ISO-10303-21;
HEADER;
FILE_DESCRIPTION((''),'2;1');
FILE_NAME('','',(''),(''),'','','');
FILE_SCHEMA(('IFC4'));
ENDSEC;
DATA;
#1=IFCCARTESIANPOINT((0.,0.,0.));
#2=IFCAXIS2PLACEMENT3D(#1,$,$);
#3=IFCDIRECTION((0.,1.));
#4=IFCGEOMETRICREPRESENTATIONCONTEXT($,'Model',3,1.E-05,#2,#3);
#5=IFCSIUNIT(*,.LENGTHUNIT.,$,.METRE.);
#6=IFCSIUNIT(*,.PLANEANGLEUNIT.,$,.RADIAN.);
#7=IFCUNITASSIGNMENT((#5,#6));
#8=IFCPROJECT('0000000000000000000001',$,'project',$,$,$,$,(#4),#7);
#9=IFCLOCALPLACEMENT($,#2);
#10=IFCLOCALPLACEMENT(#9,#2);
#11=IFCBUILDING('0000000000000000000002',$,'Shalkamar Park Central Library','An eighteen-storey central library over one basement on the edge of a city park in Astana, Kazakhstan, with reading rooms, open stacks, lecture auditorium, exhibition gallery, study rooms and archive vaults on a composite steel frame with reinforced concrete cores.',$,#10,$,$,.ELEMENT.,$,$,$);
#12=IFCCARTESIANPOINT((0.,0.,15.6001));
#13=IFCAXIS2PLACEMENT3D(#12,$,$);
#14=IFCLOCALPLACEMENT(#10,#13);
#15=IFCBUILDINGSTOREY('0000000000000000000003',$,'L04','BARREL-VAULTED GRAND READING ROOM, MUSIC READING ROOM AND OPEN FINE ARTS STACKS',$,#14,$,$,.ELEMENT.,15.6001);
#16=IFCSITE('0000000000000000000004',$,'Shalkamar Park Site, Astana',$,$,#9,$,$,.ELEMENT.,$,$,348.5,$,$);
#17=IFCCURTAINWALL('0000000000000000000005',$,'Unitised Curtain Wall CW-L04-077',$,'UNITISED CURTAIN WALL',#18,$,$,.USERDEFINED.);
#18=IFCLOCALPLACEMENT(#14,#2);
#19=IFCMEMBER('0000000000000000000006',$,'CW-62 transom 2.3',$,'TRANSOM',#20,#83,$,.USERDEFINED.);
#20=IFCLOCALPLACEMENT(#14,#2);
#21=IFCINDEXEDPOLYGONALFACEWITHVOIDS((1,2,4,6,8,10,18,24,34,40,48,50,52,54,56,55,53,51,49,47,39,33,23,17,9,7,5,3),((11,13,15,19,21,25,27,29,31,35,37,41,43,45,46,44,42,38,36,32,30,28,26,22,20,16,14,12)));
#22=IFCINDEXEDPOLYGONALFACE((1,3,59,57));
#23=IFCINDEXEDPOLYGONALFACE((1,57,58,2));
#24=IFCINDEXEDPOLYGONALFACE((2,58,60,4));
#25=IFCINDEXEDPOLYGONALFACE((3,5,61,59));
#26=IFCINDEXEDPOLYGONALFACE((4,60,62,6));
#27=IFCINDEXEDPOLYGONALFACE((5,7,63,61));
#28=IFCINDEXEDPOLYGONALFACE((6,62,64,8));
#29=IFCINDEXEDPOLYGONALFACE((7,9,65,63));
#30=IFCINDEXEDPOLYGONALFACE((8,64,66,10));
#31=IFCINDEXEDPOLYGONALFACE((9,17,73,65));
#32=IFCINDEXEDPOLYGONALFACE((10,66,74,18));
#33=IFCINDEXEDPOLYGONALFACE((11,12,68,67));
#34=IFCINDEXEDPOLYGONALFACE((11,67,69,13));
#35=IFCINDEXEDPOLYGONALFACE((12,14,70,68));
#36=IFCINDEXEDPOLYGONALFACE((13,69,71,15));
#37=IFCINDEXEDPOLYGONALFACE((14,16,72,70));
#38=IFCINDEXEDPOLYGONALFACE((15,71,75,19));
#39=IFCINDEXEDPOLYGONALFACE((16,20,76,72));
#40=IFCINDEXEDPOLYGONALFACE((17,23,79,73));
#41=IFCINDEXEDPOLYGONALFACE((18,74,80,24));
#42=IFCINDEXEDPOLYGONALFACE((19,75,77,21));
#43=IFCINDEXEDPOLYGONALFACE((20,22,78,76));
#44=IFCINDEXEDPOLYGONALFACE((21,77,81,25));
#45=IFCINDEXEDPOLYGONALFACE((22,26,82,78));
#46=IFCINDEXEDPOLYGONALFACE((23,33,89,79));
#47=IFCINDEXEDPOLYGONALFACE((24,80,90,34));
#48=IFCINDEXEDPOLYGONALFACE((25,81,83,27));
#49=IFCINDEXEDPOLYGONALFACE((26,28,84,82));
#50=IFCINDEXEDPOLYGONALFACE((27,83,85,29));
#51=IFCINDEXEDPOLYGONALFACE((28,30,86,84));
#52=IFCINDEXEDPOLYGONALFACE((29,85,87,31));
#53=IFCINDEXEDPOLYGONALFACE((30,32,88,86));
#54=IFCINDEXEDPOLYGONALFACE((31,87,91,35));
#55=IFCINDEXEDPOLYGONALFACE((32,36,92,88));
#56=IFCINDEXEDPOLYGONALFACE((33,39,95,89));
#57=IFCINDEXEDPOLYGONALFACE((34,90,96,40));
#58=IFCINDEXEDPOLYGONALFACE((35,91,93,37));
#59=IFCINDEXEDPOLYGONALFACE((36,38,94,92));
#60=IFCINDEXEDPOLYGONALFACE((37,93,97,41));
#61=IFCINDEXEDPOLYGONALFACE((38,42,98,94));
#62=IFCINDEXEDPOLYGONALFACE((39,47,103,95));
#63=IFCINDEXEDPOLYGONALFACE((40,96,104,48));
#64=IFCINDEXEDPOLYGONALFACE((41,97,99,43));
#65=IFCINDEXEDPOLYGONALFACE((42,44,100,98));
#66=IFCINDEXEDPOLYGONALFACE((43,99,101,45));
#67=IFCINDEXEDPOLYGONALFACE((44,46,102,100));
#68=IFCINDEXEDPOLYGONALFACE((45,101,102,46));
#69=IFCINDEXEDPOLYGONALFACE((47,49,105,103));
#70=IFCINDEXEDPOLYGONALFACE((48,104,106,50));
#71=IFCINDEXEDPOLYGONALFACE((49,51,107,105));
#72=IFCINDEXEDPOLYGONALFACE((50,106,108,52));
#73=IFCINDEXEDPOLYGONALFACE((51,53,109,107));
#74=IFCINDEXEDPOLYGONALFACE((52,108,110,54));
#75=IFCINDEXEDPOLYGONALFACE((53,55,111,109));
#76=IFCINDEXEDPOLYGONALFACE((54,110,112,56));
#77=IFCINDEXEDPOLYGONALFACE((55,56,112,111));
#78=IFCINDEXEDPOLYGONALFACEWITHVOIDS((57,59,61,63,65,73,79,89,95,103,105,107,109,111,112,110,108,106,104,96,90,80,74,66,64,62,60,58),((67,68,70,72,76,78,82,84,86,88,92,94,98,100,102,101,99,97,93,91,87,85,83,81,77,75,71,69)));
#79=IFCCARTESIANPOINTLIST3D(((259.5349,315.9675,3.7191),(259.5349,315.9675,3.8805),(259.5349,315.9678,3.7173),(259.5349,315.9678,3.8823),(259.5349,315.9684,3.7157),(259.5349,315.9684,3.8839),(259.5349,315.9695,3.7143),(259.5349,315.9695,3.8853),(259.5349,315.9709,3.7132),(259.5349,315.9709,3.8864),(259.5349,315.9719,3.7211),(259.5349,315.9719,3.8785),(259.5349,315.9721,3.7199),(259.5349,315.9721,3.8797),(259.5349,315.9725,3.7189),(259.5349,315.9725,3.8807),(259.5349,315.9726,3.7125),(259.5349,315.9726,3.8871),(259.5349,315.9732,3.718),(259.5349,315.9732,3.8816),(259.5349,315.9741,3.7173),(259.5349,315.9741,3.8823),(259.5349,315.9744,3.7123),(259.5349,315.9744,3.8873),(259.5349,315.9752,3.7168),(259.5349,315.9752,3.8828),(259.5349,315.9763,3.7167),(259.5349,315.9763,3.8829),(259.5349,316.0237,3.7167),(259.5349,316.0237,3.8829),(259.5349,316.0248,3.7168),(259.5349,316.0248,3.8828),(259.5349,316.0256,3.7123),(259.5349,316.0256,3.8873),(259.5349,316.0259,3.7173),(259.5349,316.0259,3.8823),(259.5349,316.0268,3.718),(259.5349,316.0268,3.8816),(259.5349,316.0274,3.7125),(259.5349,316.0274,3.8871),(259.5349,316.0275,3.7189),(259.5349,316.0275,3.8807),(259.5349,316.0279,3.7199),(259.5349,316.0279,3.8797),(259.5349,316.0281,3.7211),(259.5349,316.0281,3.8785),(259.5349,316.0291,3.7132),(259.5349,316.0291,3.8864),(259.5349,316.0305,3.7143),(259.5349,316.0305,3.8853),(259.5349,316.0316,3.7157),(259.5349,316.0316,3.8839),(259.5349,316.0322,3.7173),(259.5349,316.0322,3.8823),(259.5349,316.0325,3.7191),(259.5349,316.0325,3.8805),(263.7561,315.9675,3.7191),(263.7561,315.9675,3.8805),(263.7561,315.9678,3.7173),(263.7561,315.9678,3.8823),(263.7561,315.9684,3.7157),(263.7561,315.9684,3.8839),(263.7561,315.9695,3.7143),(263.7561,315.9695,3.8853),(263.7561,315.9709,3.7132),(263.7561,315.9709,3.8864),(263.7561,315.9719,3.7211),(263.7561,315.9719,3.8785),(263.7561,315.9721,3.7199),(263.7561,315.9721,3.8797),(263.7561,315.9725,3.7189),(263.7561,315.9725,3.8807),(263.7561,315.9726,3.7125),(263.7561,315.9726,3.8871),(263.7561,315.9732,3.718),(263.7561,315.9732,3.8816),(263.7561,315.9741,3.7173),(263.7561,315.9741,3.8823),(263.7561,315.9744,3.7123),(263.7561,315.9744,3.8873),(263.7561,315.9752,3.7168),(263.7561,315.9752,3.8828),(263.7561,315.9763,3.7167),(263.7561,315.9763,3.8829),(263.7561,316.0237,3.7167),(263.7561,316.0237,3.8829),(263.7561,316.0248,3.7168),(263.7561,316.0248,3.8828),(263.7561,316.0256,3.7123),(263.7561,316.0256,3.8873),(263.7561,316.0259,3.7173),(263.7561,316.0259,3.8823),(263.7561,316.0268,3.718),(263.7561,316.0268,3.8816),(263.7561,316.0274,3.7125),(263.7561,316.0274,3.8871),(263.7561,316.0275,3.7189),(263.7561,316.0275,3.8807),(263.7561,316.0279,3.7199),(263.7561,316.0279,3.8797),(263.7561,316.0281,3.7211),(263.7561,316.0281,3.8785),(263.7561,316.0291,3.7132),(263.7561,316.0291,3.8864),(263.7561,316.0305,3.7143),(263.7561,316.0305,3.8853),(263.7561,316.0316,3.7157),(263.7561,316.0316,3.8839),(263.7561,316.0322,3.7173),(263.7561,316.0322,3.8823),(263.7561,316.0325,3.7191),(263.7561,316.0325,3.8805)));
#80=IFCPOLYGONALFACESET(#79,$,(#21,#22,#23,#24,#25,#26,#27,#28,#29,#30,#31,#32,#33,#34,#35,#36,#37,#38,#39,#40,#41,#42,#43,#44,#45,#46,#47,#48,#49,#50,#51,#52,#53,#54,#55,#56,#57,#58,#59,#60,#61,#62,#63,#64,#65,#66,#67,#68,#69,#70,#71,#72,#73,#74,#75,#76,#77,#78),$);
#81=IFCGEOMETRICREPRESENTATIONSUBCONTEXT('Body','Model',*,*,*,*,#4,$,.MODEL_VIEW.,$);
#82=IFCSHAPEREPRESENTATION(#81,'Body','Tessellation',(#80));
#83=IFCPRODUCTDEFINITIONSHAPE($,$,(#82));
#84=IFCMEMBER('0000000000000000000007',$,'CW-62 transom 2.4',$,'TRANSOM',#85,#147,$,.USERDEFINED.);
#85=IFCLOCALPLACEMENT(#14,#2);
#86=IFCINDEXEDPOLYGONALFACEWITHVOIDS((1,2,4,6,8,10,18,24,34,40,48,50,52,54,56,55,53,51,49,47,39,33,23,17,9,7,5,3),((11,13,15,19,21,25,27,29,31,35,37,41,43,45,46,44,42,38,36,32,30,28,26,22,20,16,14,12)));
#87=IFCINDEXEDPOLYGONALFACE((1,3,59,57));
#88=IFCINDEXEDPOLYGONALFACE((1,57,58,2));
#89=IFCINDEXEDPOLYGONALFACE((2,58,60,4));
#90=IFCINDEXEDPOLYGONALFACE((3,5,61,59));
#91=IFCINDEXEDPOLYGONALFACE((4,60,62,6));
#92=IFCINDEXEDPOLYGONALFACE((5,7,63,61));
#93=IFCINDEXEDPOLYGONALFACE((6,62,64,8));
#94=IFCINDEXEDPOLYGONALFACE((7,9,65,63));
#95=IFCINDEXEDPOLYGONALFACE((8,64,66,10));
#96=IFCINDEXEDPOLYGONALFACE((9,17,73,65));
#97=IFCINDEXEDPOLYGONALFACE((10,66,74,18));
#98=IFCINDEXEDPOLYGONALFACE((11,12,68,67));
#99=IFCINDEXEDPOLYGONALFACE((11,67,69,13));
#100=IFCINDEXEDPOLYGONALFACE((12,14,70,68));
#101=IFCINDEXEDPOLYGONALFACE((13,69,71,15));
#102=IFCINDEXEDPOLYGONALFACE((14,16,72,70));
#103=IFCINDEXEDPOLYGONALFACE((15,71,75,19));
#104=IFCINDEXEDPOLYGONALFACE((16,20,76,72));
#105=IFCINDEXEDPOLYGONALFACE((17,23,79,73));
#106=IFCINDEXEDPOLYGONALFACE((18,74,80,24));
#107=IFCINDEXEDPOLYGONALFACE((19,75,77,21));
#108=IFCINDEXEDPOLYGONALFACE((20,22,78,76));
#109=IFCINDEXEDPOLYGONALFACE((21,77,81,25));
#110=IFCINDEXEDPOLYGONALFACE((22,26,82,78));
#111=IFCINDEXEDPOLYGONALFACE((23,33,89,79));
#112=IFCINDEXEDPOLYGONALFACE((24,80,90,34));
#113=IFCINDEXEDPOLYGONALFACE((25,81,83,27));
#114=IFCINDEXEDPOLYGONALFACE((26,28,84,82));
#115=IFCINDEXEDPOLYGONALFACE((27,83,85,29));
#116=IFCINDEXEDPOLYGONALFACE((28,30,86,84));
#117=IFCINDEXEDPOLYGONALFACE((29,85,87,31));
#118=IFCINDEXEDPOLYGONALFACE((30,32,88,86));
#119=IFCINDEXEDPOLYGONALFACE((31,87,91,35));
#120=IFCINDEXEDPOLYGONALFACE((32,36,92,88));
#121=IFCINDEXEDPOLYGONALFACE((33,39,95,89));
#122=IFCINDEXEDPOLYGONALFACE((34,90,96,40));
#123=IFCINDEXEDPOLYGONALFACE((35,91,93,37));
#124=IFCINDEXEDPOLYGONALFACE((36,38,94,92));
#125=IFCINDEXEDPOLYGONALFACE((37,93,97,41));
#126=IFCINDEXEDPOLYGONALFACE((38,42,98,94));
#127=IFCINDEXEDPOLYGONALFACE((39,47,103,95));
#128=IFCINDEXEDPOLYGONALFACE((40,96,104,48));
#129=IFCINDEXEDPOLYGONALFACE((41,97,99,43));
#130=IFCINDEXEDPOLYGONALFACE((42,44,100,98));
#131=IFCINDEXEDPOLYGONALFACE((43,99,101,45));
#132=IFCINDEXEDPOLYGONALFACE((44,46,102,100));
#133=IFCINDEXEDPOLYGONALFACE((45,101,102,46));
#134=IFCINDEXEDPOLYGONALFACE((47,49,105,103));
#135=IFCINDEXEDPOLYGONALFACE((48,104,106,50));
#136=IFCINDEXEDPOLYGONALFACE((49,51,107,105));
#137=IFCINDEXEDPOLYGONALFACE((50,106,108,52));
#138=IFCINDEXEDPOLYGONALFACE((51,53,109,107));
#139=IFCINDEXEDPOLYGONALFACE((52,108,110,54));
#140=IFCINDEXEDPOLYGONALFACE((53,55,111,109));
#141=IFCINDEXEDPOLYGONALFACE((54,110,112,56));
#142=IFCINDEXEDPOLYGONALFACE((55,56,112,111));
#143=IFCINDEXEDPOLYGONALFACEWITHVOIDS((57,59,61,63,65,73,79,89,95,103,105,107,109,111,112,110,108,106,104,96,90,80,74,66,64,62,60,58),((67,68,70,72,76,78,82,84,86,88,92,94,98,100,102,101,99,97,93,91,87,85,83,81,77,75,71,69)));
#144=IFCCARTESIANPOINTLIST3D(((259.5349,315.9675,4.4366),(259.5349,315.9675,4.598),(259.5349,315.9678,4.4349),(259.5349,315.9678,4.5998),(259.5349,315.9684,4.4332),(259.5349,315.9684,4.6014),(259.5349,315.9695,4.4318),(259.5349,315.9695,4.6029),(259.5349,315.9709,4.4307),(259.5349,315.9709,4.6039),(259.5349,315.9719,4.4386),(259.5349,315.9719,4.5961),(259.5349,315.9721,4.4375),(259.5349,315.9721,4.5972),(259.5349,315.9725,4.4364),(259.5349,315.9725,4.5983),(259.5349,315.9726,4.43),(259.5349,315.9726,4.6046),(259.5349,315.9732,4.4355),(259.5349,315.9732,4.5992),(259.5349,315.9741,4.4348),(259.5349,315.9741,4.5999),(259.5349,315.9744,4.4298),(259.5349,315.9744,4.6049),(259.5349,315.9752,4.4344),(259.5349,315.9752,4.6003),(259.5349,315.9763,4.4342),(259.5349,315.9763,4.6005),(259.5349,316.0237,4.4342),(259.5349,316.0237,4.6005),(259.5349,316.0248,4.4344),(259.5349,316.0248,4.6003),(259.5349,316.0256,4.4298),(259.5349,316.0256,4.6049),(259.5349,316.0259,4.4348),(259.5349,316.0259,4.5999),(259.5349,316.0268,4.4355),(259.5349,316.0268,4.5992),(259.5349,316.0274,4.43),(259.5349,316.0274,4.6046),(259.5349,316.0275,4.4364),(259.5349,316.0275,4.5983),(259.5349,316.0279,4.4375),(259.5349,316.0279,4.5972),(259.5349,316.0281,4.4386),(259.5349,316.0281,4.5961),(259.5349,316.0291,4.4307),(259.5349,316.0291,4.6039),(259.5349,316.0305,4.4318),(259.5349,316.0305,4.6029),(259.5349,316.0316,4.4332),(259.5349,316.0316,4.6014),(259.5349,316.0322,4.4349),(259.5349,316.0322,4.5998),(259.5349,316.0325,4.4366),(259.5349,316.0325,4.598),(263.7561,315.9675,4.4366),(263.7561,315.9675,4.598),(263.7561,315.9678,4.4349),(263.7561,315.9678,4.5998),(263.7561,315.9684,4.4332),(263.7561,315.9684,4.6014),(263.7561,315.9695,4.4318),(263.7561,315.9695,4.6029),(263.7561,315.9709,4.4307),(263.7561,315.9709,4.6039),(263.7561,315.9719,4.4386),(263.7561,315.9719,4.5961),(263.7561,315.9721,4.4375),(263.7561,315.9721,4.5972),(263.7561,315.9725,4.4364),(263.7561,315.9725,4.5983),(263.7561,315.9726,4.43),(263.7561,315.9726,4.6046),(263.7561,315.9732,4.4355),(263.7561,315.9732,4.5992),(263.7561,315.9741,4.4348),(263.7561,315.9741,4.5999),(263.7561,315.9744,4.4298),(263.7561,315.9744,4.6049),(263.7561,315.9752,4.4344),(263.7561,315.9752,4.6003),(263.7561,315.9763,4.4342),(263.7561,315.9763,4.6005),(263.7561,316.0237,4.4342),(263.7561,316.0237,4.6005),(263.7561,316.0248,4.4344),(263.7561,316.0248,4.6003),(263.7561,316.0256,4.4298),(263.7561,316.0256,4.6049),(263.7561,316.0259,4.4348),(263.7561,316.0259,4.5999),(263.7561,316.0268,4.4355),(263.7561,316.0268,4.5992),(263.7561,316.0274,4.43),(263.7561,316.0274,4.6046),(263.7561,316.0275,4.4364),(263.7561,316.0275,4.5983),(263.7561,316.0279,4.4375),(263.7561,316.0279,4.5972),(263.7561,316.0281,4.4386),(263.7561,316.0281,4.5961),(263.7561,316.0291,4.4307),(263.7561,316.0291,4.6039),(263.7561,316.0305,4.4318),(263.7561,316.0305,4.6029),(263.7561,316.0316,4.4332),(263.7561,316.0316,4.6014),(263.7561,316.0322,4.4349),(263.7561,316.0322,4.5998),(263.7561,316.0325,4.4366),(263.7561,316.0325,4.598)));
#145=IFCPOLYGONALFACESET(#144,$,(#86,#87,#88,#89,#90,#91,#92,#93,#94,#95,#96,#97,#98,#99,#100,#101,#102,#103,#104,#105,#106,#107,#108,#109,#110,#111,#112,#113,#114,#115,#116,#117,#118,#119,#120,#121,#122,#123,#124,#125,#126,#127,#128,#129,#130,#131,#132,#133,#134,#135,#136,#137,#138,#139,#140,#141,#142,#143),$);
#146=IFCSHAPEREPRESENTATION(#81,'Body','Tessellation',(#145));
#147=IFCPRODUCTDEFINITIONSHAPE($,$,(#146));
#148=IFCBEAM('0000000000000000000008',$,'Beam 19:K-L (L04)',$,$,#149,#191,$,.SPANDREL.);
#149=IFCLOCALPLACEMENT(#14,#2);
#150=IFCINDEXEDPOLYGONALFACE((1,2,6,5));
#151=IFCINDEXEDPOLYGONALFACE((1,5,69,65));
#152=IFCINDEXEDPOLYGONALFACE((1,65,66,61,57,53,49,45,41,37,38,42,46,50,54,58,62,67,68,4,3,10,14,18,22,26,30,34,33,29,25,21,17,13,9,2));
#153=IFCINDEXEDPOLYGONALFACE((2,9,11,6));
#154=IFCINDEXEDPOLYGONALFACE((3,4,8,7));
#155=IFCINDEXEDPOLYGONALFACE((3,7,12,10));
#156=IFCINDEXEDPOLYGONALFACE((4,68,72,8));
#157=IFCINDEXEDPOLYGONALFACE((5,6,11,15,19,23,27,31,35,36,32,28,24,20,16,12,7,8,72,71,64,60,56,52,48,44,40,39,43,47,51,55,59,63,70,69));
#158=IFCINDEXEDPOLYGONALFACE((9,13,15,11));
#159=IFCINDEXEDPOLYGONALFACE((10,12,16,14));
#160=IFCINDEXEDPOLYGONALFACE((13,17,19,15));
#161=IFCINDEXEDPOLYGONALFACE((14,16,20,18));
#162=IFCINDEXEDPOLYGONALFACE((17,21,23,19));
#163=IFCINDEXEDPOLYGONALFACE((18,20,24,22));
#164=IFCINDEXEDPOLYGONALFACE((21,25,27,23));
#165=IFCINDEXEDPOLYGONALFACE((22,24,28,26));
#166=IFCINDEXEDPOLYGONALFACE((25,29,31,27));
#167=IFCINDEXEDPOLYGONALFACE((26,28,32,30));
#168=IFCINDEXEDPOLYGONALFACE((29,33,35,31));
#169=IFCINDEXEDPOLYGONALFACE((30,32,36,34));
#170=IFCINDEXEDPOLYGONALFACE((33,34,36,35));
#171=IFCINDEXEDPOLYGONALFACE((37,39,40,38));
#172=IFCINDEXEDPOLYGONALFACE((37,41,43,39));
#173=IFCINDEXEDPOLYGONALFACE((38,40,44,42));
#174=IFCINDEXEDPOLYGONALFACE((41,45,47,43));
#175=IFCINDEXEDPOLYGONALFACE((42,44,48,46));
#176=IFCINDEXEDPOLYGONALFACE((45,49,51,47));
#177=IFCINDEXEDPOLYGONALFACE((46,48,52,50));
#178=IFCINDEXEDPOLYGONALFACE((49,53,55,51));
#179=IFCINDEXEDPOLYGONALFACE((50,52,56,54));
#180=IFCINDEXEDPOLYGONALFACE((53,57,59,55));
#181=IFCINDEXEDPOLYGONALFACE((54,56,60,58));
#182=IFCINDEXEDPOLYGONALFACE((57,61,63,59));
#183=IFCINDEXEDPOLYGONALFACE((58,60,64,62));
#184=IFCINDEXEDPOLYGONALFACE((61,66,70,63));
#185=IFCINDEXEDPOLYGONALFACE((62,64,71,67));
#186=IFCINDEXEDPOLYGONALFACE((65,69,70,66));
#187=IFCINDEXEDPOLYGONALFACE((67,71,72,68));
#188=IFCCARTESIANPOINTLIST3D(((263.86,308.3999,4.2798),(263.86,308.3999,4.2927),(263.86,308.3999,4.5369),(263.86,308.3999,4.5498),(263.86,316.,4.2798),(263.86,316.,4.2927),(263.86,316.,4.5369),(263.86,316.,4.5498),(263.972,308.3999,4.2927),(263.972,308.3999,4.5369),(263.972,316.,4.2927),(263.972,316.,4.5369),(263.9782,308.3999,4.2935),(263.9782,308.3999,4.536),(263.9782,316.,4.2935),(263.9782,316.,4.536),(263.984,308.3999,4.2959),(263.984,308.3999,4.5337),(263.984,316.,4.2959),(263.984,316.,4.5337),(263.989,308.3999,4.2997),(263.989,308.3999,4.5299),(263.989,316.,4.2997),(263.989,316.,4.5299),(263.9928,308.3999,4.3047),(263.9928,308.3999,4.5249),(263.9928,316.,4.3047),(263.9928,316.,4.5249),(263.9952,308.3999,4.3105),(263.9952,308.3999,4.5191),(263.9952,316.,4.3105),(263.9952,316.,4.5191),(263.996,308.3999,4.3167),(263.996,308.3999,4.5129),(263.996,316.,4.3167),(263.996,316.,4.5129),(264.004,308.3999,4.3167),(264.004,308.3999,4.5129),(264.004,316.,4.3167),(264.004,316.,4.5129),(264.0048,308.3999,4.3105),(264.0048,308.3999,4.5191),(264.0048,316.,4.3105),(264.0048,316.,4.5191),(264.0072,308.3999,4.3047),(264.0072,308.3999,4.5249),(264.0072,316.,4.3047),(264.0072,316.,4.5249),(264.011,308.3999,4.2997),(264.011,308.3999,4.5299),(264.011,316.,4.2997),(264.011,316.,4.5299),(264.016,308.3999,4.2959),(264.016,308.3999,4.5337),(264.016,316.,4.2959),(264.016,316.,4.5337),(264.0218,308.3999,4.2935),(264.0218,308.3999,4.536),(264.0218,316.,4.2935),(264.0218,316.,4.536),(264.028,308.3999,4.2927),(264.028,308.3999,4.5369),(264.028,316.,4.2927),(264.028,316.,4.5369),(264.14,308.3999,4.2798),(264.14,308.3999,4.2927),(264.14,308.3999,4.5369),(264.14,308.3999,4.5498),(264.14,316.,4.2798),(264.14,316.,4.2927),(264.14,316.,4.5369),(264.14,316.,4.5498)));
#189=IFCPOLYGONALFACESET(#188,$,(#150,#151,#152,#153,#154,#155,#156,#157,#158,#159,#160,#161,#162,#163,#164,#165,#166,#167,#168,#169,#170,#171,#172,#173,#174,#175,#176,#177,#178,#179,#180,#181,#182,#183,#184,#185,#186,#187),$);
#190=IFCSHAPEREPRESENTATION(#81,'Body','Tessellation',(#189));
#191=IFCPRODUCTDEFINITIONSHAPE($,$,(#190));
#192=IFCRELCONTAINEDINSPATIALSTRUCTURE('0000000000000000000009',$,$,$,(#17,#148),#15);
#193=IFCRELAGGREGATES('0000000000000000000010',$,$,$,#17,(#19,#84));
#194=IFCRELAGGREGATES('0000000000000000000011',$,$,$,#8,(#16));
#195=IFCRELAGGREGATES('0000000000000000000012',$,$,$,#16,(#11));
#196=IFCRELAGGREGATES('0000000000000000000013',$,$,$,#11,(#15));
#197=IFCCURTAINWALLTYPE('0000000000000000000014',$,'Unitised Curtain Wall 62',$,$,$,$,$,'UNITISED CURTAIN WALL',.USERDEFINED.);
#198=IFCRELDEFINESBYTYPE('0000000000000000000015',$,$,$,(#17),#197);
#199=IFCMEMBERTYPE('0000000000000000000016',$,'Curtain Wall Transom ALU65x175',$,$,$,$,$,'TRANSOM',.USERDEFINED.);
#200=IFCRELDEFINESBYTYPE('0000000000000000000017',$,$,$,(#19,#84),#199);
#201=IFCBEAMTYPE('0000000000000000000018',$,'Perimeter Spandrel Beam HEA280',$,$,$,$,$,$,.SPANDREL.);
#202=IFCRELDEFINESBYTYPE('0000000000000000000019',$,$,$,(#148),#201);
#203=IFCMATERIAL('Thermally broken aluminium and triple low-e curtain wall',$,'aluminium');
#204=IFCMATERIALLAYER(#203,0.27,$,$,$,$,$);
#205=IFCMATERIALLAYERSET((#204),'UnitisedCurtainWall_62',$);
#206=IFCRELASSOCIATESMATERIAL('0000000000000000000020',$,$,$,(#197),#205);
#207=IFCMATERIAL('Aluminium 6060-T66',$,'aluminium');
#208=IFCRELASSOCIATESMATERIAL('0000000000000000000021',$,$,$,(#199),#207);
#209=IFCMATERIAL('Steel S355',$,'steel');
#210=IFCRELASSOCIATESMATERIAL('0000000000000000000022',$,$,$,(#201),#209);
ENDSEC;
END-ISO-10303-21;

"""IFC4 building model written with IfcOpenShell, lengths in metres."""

from ifc_helpers import new_model, si_unit, direction, frame, origin, origin_2d, place, context, subcontext, project, spatial, hollow_rectangle, i_section, extrude, material, layer, layer_set, material_profile, profile_set, type_object, element, aggregate, save


model = new_model("IFC4")

# Units and contexts
model_context = context("Model", 3, precision=1e-05, world=origin(), true_north=direction((0.0, 1.0)))
body_context = subcontext(model_context, "Body", "Model", "MODEL_VIEW")
ifc_project = project(units=[si_unit("LENGTHUNIT", "METRE"), si_unit("PLANEANGLEUNIT", "RADIAN")], contexts=[model_context])

# Site, building, storey
site_placement = place(None, origin())
site = spatial("IfcSite", under=ifc_project, at=site_placement, Name="Shalkamar Park Site, Astana", CompositionType="ELEMENT", RefElevation=348.5)
building_placement = place(site_placement, origin())
building = spatial("IfcBuilding", under=site, at=building_placement, Name="Shalkamar Park Central Library", Description="An eighteen-storey central library over one basement on the edge of a city park in Astana, Kazakhstan, with reading rooms, open stacks, lecture auditorium, exhibition gallery, study rooms and archive vaults on a composite steel frame with reinforced concrete cores.", CompositionType="ELEMENT")
storey_placement = place(building_placement, frame((0.0, 0.0, 15.6001)))
storey = spatial("IfcBuildingStorey", under=building, at=storey_placement, Name="L04", Description="BARREL-VAULTED GRAND READING ROOM, MUSIC READING ROOM AND OPEN FINE ARTS STACKS", CompositionType="ELEMENT", Elevation=15.6001)

# Shared definitions
ifc_material_1 = material(Name="Steel S355", Category="steel")

# Shared definitions
ifc_material_2 = material(Name="Thermally broken aluminium and triple low-e curtain wall", Category="aluminium")
ifc_material_3 = material(Name="Aluminium 6060-T66", Category="aluminium")

# Curtain wall
ifc_layer_1 = layer(ifc_material_2, 0.27)
ifc_layer_set_1 = layer_set([ifc_layer_1], Name="UnitisedCurtainWall_62")
curtain_wall_type_1 = type_object("IfcCurtainWallType", Name="Unitised Curtain Wall 62", ElementType="UNITISED CURTAIN WALL", PredefinedType="USERDEFINED", material=ifc_layer_set_1)
curtain_wall_1_placement = place(storey_placement, origin())
curtain_wall_1 = element("IfcCurtainWall", 1, at=curtain_wall_1_placement, inside=storey, type_object=curtain_wall_type_1, Name="Unitised Curtain Wall CW-L04-077", ObjectType="UNITISED CURTAIN WALL", PredefinedType="USERDEFINED")

# Members
ifc_material_profile_1 = material_profile(ifc_material_3, hollow_rectangle(XDim=0.0649, YDim=0.175, WallThickness=0.0044, InnerFilletRadius=0.0044, OuterFilletRadius=0.0068, at=origin_2d()), Name="ALU 65x175x4.5")
ifc_profile_set_1 = profile_set([ifc_material_profile_1], Name="Aluminium 6060-T66")
member_type_1 = type_object("IfcMemberType", Name="Curtain Wall Transom ALU65x175", ElementType="TRANSOM", PredefinedType="USERDEFINED", material=ifc_profile_set_1)
member_1_placement = place(storey_placement, frame((259.5349, 316.0, 3.7998), z_axis=(1.0, 0.0, 0.0), x_axis=(0.0, 1.0, 0.0)))
member_1 = element("IfcMember", 2, at=member_1_placement, type_object=member_type_1, Name="CW-62 transom 2.3", ObjectType="TRANSOM", PredefinedType="USERDEFINED", context=body_context, shape_type="SweptSolid", body=[
    extrude(hollow_rectangle(XDim=0.0649, YDim=0.175, WallThickness=0.0044, InnerFilletRadius=0.0044, OuterFilletRadius=0.0068, at=origin_2d()), origin(), (0.0, 0.0, 1.0), 4.2212),
])
member_2_placement = place(storey_placement, frame((259.5349, 316.0, 4.5173), z_axis=(1.0, 0.0, 0.0), x_axis=(0.0, 1.0, 0.0)))
member_2 = element("IfcMember", 3, at=member_2_placement, type_object=member_type_1, Name="CW-62 transom 2.4", ObjectType="TRANSOM", PredefinedType="USERDEFINED", context=body_context, shape_type="SweptSolid", body=[
    extrude(hollow_rectangle(XDim=0.0649, YDim=0.175, WallThickness=0.0044, InnerFilletRadius=0.0044, OuterFilletRadius=0.0068, at=origin_2d()), origin(), (0.0, 0.0, 1.0), 4.2212),
])

# Beam
ifc_material_profile_2 = material_profile(ifc_material_1, i_section(OverallWidth=0.28, OverallDepth=0.27, WebThickness=0.0081, FlangeThickness=0.0129, FilletRadius=0.0239, at=origin_2d()), Name="HEA 280")
ifc_profile_set_2 = profile_set([ifc_material_profile_2], Name="Steel S355")
beam_type_1 = type_object("IfcBeamType", Name="Perimeter Spandrel Beam HEA280", PredefinedType="SPANDREL", material=ifc_profile_set_2)
beam_1_placement = place(storey_placement, frame((264.0, 308.3999, 4.4148), z_axis=(0.0, 1.0, 0.0), x_axis=(-1.0, 0.0, 0.0)))
element("IfcBeam", 4, at=beam_1_placement, inside=storey, type_object=beam_type_1, Name="Beam 19:K-L (L04)", PredefinedType="SPANDREL", context=body_context, shape_type="SweptSolid", body=[
    extrude(i_section(OverallWidth=0.28, OverallDepth=0.27, WebThickness=0.0081, FlangeThickness=0.0129, FilletRadius=0.0239, at=origin_2d()), origin(), (0.0, 0.0, 1.0), 7.6001),
])

aggregate(curtain_wall_1, [member_1, member_2])

save(model, "model.ifc")
